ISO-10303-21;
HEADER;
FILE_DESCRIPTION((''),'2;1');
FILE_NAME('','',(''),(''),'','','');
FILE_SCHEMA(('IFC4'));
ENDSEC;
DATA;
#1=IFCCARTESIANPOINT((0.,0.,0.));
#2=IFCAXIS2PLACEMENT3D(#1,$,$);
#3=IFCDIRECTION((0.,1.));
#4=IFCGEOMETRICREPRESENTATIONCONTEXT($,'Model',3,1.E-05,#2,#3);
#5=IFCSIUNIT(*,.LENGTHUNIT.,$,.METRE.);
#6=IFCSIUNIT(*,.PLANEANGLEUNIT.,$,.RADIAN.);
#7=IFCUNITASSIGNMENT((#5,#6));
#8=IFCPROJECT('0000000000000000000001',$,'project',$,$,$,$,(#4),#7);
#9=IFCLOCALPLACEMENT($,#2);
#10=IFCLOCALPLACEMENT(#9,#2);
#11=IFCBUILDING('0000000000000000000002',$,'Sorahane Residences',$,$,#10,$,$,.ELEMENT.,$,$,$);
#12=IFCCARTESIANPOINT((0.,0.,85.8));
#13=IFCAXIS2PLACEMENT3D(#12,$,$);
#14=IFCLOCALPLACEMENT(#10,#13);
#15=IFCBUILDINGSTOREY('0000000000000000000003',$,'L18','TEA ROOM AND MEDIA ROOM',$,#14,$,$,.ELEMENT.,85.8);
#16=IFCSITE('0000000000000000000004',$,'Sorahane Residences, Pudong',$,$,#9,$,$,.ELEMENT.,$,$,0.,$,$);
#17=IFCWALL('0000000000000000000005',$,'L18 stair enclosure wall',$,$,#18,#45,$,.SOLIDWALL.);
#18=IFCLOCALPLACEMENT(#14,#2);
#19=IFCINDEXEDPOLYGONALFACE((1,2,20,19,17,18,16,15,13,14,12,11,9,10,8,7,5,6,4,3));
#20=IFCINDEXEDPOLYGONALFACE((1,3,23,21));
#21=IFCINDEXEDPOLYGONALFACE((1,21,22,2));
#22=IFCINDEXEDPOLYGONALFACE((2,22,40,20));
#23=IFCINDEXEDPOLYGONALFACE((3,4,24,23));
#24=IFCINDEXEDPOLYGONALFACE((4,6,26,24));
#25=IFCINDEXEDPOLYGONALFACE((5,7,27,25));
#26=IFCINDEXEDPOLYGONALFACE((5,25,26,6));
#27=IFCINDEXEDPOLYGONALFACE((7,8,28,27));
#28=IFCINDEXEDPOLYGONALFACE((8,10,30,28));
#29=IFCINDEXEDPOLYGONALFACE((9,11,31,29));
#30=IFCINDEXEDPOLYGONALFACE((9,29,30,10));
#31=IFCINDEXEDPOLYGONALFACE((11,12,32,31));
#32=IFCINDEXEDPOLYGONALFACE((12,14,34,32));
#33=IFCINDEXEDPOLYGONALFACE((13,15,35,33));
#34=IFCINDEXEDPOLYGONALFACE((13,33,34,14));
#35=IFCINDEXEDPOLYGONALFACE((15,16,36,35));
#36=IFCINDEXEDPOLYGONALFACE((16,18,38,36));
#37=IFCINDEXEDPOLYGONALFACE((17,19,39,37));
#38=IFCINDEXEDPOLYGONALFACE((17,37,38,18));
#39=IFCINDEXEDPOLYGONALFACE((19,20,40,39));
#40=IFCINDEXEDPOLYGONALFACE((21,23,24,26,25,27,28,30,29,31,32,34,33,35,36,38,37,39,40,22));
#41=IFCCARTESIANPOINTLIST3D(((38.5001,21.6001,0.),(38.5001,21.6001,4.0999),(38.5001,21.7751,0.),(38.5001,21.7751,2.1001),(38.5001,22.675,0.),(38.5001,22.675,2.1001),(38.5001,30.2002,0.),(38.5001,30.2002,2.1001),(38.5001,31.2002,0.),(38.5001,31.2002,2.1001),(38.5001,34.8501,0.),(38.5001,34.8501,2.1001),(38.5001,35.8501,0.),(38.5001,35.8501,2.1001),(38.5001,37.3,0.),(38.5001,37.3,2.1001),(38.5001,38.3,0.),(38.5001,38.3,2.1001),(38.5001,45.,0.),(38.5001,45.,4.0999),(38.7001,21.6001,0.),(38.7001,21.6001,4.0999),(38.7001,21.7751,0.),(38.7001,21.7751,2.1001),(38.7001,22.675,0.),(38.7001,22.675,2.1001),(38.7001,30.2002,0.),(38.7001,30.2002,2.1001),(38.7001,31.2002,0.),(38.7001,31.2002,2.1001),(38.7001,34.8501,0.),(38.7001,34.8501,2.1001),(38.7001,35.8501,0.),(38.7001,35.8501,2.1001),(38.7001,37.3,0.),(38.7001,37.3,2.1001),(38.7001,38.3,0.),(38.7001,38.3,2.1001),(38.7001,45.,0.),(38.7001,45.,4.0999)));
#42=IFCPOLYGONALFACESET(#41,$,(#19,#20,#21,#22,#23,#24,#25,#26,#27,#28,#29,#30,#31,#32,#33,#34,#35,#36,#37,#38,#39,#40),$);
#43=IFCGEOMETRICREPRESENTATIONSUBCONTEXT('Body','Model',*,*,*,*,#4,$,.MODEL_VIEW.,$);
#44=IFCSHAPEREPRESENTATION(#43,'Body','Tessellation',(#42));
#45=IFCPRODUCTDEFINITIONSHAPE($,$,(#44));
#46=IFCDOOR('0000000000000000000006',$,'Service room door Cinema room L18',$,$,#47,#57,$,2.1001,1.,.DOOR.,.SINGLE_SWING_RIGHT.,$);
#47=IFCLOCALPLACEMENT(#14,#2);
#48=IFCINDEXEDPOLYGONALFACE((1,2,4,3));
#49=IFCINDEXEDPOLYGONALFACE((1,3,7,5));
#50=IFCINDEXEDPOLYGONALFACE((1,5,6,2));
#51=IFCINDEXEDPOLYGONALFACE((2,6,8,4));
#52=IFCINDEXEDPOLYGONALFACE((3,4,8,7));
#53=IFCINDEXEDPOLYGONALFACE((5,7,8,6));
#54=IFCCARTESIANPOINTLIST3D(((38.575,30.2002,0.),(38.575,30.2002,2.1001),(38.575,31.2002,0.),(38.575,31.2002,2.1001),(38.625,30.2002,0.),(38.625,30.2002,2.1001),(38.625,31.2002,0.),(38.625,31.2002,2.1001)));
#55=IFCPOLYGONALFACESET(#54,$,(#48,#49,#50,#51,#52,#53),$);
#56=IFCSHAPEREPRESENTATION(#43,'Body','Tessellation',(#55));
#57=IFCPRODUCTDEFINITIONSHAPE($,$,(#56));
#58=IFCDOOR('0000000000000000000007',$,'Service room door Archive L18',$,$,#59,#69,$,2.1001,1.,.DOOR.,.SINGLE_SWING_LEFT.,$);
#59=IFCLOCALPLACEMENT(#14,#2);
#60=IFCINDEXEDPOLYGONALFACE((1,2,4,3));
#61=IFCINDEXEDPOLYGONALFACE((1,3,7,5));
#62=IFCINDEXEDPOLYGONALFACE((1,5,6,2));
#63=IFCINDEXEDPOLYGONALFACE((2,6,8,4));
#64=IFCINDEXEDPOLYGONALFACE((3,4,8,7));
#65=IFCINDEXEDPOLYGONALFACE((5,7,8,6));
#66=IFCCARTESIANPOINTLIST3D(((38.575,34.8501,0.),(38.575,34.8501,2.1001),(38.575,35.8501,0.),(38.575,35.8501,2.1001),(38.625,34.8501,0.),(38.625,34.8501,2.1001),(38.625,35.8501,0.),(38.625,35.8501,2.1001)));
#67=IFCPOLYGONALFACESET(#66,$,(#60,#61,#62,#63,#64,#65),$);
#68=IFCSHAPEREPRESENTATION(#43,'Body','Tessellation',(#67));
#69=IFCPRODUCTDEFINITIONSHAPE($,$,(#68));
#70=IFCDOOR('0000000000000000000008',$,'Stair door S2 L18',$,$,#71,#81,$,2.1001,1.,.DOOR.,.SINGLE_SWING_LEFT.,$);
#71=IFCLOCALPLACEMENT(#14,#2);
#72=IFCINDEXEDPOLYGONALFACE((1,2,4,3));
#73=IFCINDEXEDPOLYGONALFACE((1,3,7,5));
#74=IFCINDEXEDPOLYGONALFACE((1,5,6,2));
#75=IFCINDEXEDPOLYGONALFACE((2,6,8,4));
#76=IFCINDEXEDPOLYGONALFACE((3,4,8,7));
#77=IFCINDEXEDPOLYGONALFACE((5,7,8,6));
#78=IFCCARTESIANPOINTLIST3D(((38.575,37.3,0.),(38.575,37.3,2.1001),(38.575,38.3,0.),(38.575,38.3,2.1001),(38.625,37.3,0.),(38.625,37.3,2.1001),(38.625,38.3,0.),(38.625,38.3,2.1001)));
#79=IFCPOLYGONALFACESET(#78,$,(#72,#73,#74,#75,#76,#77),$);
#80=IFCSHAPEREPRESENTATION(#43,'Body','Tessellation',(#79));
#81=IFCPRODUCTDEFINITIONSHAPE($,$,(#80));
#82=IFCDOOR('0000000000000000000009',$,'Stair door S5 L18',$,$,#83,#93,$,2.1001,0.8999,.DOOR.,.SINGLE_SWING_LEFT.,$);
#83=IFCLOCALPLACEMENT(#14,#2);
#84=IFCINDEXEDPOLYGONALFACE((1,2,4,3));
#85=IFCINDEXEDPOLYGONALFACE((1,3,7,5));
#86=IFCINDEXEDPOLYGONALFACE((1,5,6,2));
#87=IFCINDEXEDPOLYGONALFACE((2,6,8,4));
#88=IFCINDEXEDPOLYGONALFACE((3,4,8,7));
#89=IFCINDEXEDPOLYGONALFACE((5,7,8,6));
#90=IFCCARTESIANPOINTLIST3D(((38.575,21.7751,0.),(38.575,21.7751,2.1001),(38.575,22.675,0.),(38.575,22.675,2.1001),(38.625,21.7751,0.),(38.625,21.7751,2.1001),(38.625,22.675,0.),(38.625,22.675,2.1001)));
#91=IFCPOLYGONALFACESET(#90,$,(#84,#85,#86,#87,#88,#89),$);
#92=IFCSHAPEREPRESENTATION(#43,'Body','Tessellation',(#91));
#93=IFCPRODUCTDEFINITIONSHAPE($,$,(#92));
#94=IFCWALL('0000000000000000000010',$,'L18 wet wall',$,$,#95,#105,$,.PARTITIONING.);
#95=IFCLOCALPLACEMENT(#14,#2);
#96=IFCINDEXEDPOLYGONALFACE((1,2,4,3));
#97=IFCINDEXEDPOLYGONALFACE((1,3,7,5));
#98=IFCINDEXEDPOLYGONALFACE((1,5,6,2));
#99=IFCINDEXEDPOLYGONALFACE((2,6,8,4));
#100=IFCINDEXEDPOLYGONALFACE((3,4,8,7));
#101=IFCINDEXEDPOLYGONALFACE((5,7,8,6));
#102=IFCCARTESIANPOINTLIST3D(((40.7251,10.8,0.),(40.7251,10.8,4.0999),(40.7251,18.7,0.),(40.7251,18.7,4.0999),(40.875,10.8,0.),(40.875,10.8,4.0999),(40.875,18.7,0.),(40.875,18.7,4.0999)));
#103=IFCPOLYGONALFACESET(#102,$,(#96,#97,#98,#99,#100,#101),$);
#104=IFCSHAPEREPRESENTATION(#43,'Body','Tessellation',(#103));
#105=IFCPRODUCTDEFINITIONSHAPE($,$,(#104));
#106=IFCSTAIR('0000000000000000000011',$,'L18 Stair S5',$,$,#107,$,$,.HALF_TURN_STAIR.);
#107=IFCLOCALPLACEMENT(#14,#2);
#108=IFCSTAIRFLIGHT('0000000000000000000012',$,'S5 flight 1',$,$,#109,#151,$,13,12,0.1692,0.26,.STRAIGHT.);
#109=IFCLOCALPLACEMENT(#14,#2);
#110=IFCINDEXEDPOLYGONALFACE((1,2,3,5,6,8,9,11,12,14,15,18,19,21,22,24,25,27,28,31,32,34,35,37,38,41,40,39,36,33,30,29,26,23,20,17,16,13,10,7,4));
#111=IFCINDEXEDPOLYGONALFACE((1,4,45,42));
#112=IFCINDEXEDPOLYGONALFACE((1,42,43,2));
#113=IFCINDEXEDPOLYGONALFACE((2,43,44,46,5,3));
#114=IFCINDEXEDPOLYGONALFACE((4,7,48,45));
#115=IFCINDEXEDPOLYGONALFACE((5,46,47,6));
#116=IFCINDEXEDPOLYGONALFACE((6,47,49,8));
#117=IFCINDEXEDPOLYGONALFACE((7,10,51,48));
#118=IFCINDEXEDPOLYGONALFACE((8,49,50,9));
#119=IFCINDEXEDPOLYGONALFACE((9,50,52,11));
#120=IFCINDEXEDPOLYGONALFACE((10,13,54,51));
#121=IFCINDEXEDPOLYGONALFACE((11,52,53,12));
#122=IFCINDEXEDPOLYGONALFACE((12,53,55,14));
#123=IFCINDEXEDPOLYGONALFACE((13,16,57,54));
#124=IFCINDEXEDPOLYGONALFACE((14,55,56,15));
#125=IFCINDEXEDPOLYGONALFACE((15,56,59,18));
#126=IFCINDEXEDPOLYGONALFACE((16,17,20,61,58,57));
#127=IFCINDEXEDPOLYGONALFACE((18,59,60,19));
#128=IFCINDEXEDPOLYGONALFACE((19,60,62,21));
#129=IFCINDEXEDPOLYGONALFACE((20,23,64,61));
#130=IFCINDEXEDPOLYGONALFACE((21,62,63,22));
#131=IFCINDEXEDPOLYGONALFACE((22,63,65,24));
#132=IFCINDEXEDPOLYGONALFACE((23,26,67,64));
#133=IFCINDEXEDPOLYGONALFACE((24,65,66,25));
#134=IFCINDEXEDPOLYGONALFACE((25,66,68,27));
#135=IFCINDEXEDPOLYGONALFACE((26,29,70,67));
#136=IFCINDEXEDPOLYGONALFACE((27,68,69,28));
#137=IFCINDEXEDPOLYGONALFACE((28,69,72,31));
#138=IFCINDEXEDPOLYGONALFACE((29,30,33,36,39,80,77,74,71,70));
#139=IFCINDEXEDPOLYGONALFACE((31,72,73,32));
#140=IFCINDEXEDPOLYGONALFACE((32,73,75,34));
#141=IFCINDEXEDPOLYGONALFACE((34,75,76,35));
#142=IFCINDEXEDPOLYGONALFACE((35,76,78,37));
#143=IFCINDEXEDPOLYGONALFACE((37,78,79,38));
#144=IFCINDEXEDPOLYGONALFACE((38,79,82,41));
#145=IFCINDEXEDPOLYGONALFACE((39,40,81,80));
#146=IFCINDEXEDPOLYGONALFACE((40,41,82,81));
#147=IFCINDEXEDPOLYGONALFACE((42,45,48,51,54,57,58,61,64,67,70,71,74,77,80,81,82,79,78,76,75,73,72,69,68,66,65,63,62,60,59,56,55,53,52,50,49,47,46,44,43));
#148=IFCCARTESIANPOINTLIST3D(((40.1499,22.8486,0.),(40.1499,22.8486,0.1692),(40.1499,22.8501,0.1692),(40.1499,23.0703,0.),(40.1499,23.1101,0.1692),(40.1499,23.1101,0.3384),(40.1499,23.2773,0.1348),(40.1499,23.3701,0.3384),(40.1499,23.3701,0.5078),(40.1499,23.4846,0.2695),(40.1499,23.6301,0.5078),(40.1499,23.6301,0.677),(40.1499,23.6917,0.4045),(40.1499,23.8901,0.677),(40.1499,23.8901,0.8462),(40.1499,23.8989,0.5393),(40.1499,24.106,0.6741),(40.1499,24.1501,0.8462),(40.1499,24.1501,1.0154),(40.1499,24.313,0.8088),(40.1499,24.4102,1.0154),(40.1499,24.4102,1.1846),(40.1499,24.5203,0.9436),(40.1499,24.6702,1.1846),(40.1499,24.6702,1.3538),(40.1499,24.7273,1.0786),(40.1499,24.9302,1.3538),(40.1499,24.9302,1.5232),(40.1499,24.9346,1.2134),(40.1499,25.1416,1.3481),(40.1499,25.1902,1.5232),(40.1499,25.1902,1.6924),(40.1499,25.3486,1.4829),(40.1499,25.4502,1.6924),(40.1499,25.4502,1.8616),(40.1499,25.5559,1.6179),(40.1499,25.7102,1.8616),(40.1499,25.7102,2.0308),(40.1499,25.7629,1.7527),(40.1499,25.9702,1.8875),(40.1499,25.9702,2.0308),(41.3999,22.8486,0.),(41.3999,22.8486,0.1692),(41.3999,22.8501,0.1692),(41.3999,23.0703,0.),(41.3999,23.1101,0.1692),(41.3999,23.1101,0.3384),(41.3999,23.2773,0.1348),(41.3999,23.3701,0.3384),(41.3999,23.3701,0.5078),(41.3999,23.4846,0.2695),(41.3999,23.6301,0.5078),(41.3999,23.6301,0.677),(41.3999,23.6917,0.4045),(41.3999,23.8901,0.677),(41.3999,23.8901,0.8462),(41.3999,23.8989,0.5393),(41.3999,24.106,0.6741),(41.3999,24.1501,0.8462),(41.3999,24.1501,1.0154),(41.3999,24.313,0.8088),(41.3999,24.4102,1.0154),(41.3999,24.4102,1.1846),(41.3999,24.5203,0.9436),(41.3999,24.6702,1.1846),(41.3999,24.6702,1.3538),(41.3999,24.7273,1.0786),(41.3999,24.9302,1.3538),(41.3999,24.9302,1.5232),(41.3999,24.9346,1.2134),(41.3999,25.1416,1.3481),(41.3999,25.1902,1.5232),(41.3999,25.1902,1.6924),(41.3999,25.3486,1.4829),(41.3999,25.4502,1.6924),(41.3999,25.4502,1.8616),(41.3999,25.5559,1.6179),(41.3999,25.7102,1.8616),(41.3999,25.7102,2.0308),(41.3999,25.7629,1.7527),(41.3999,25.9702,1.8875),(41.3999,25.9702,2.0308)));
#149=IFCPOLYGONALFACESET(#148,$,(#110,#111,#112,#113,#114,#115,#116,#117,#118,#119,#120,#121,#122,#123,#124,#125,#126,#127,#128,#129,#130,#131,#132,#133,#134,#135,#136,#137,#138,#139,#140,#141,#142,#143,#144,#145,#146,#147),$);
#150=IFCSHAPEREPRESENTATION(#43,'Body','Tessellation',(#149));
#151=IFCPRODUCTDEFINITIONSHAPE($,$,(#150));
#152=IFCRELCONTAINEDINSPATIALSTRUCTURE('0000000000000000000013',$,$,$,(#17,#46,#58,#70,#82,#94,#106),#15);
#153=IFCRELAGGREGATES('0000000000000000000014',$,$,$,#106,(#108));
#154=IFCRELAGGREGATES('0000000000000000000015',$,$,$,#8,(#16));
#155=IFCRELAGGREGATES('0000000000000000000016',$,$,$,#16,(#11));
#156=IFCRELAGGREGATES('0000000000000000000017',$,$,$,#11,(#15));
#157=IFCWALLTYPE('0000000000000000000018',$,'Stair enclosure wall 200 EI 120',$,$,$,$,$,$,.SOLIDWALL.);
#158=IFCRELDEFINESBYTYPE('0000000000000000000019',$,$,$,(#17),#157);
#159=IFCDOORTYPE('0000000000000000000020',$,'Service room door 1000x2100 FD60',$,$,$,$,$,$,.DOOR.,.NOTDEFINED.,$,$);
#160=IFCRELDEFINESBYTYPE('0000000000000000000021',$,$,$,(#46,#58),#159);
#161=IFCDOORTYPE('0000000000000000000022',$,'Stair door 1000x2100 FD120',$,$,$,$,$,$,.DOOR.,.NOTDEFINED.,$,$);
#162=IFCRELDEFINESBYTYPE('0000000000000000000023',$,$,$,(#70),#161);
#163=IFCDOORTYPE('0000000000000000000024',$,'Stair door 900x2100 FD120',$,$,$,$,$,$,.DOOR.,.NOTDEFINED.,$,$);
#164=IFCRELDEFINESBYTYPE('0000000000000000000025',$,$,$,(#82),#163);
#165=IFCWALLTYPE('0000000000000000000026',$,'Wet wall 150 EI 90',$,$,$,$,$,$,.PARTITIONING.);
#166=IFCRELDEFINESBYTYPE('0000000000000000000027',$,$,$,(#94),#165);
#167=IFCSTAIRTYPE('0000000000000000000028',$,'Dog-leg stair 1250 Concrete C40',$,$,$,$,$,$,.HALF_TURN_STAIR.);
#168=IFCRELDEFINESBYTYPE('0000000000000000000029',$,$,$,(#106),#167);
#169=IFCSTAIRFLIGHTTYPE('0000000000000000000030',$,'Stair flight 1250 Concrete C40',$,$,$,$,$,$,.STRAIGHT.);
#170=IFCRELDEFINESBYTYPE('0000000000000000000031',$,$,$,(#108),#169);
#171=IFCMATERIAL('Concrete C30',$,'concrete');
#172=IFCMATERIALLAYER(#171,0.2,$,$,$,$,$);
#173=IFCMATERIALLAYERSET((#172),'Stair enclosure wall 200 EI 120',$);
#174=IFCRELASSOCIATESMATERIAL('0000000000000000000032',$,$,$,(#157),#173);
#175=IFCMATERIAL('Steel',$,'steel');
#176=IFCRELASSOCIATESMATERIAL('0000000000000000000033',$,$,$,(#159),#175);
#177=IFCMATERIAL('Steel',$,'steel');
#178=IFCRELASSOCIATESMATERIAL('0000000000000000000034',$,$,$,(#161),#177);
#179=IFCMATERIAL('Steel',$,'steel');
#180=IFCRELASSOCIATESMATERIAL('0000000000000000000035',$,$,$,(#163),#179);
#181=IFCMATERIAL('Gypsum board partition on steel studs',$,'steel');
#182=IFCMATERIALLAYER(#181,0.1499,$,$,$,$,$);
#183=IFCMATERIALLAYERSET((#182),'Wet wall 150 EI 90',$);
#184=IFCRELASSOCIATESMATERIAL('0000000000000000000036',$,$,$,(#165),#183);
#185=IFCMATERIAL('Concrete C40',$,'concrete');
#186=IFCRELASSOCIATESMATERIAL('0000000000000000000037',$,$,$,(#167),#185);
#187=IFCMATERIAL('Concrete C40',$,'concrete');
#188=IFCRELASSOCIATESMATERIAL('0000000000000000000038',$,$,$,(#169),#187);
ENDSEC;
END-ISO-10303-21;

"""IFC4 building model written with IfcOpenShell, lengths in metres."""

from ifc_helpers import new_model, si_unit, direction, frame, frame_2d, origin, place, context, subcontext, project, spatial, polyline, rectangle, outline, extrude, material, layer, layer_set, type_object, element, fill, aggregate, save


model = new_model("IFC4")

# Units and contexts
model_context = context("Model", 3, precision=1e-05, world=origin(), true_north=direction((0.0, 1.0)))
body_context = subcontext(model_context, "Body", "Model", "MODEL_VIEW")
ifc_project = project(units=[si_unit("LENGTHUNIT", "METRE"), si_unit("PLANEANGLEUNIT", "RADIAN")], contexts=[model_context])

# Site, building, storey
site_placement = place(None, origin())
site = spatial("IfcSite", under=ifc_project, at=site_placement, Name="Sorahane Residences, Pudong", CompositionType="ELEMENT", RefElevation=0.0)
building_placement = place(site_placement, origin())
building = spatial("IfcBuilding", under=site, at=building_placement, Name="Sorahane Residences", CompositionType="ELEMENT")
storey_placement = place(building_placement, frame((0.0, 0.0, 85.8)))
storey = spatial("IfcBuildingStorey", under=building, at=storey_placement, Name="L18", Description="TEA ROOM AND MEDIA ROOM", CompositionType="ELEMENT", Elevation=85.8)

# Wall, openings, doors
ifc_material_1 = material(Name="Concrete C30", Category="concrete")
ifc_layer_1 = layer(ifc_material_1, 0.2)
ifc_layer_set_1 = layer_set([ifc_layer_1], Name="Stair enclosure wall 200 EI 120")
wall_type_1 = type_object("IfcWallType", Name="Stair enclosure wall 200 EI 120", PredefinedType="SOLIDWALL", material=ifc_layer_set_1)
wall_1_placement = place(storey_placement, frame((38.6001, 21.6001, 0.0), z_axis=(0.0, 0.0, 1.0), x_axis=(0.0, 1.0, 0.0)))
wall_1 = element("IfcWall", 1, at=wall_1_placement, inside=storey, type_object=wall_type_1, Name="L18 stair enclosure wall", PredefinedType="SOLIDWALL", context=body_context, shape_type="SweptSolid", body=[
    extrude(rectangle(XDim=23.3999, YDim=0.2, at=frame_2d((11.7, 0.0))), origin(), (0.0, 0.0, 1.0), 4.0999),
])
opening_1_placement = place(wall_1_placement, frame((8.6001, 0.0, 0.0)))
opening_1 = element("IfcOpeningElement", 2, at=opening_1_placement, cuts=wall_1, PredefinedType="OPENING", context=body_context, shape_type="SweptSolid", body=[
    extrude(rectangle(XDim=1.0, YDim=2.1001, at=frame_2d((0.5, 1.05))), frame((0.0, 0.1099, 0.0), z_axis=(0.0, -1.0, 0.0), x_axis=(1.0, 0.0, 0.0)), (0.0, 0.0, 1.0), 0.22),
])
opening_2_placement = place(wall_1_placement, frame((13.25, 0.0, 0.0)))
opening_2 = element("IfcOpeningElement", 3, at=opening_2_placement, cuts=wall_1, PredefinedType="OPENING", context=body_context, shape_type="SweptSolid", body=[
    extrude(rectangle(XDim=1.0, YDim=2.1001, at=frame_2d((0.5, 1.05))), frame((0.0, 0.1099, 0.0), z_axis=(0.0, -1.0, 0.0), x_axis=(1.0, 0.0, 0.0)), (0.0, 0.0, 1.0), 0.22),
])
opening_3_placement = place(wall_1_placement, frame((15.7, 0.0, 0.0)))
opening_3 = element("IfcOpeningElement", 4, at=opening_3_placement, cuts=wall_1, PredefinedType="OPENING", context=body_context, shape_type="SweptSolid", body=[
    extrude(rectangle(XDim=1.0, YDim=2.1001, at=frame_2d((0.5, 1.05))), frame((0.0, 0.1099, 0.0), z_axis=(0.0, -1.0, 0.0), x_axis=(1.0, 0.0, 0.0)), (0.0, 0.0, 1.0), 0.22),
])
opening_4_placement = place(wall_1_placement, frame((0.175, 0.0, 0.0)))
opening_4 = element("IfcOpeningElement", 5, at=opening_4_placement, cuts=wall_1, PredefinedType="OPENING", context=body_context, shape_type="SweptSolid", body=[
    extrude(rectangle(XDim=0.8999, YDim=2.1001, at=frame_2d((0.45, 1.05))), frame((0.0, 0.1099, 0.0), z_axis=(0.0, -1.0, 0.0), x_axis=(1.0, 0.0, 0.0)), (0.0, 0.0, 1.0), 0.22),
])
ifc_material_2 = material(Name="Steel", Category="steel")
door_type_1 = type_object("IfcDoorType", Name="Service room door 1000x2100 FD60", OperationType="NOTDEFINED", PredefinedType="DOOR", material=ifc_material_2)
door_1_placement = place(opening_1_placement, frame((1.0, 0.0, 0.0), z_axis=(0.0, 0.0, 1.0), x_axis=(-1.0, 0.0, 0.0)))
door_1 = element("IfcDoor", 6, at=door_1_placement, inside=storey, type_object=door_type_1, Name="Service room door Cinema room L18", OperationType="SINGLE_SWING_RIGHT", OverallHeight=2.1001, OverallWidth=1.0, PredefinedType="DOOR", context=body_context, shape_type="SweptSolid", body=[
    extrude(rectangle(XDim=1.0, YDim=2.1001, at=frame_2d((0.5, 1.05))), frame((0.0, 0.0249, 0.0), z_axis=(0.0, -1.0, 0.0), x_axis=(1.0, 0.0, 0.0)), (0.0, 0.0, 1.0), 0.05),
])
fill(opening_1, door_1)
door_2_placement = place(opening_2_placement, frame((1.0, 0.0, 0.0), z_axis=(0.0, 0.0, 1.0), x_axis=(-1.0, 0.0, 0.0)))
door_2 = element("IfcDoor", 7, at=door_2_placement, inside=storey, type_object=door_type_1, Name="Service room door Archive L18", OperationType="SINGLE_SWING_LEFT", OverallHeight=2.1001, OverallWidth=1.0, PredefinedType="DOOR", context=body_context, shape_type="SweptSolid", body=[
    extrude(rectangle(XDim=1.0, YDim=2.1001, at=frame_2d((0.5, 1.05))), frame((0.0, 0.0249, 0.0), z_axis=(0.0, -1.0, 0.0), x_axis=(1.0, 0.0, 0.0)), (0.0, 0.0, 1.0), 0.05),
])
fill(opening_2, door_2)
ifc_material_3 = material(Name="Steel", Category="steel")
door_type_2 = type_object("IfcDoorType", Name="Stair door 1000x2100 FD120", OperationType="NOTDEFINED", PredefinedType="DOOR", material=ifc_material_3)
door_3_placement = place(opening_3_placement, frame((1.0, 0.0, 0.0), z_axis=(0.0, 0.0, 1.0), x_axis=(-1.0, 0.0, 0.0)))
door_3 = element("IfcDoor", 8, at=door_3_placement, inside=storey, type_object=door_type_2, Name="Stair door S2 L18", OperationType="SINGLE_SWING_LEFT", OverallHeight=2.1001, OverallWidth=1.0, PredefinedType="DOOR", context=body_context, shape_type="SweptSolid", body=[
    extrude(rectangle(XDim=1.0, YDim=2.1001, at=frame_2d((0.5, 1.05))), frame((0.0, 0.0249, 0.0), z_axis=(0.0, -1.0, 0.0), x_axis=(1.0, 0.0, 0.0)), (0.0, 0.0, 1.0), 0.05),
])
fill(opening_3, door_3)
ifc_material_4 = material(Name="Steel", Category="steel")
door_type_3 = type_object("IfcDoorType", Name="Stair door 900x2100 FD120", OperationType="NOTDEFINED", PredefinedType="DOOR", material=ifc_material_4)
door_4_placement = place(opening_4_placement, frame((0.8999, 0.0, 0.0), z_axis=(0.0, 0.0, 1.0), x_axis=(-1.0, 0.0, 0.0)))
door_4 = element("IfcDoor", 9, at=door_4_placement, inside=storey, type_object=door_type_3, Name="Stair door S5 L18", OperationType="SINGLE_SWING_LEFT", OverallHeight=2.1001, OverallWidth=0.8999, PredefinedType="DOOR", context=body_context, shape_type="SweptSolid", body=[
    extrude(rectangle(XDim=0.8999, YDim=2.1001, at=frame_2d((0.45, 1.05))), frame((0.0, 0.0249, 0.0), z_axis=(0.0, -1.0, 0.0), x_axis=(1.0, 0.0, 0.0)), (0.0, 0.0, 1.0), 0.05),
])
fill(opening_4, door_4)

# Wall
ifc_material_5 = material(Name="Gypsum board partition on steel studs", Category="steel")
ifc_layer_2 = layer(ifc_material_5, 0.1499)
ifc_layer_set_2 = layer_set([ifc_layer_2], Name="Wet wall 150 EI 90")
wall_type_2 = type_object("IfcWallType", Name="Wet wall 150 EI 90", PredefinedType="PARTITIONING", material=ifc_layer_set_2)
wall_2_placement = place(storey_placement, frame((40.8, 10.8, 0.0), z_axis=(0.0, 0.0, 1.0), x_axis=(0.0, 1.0, 0.0)))
element("IfcWall", 10, at=wall_2_placement, inside=storey, type_object=wall_type_2, Name="L18 wet wall", PredefinedType="PARTITIONING", context=body_context, shape_type="SweptSolid", body=[
    extrude(rectangle(XDim=7.8999, YDim=0.1499, at=frame_2d((3.95, 0.0))), origin(), (0.0, 0.0, 1.0), 4.0999),
])

# Stair, stair flight
ifc_material_6 = material(Name="Concrete C40", Category="concrete")
stair_type = type_object("IfcStairType", Name="Dog-leg stair 1250 Concrete C40", PredefinedType="HALF_TURN_STAIR", material=ifc_material_6)
stair_placement = place(storey_placement, origin())
stair = element("IfcStair", 11, at=stair_placement, inside=storey, type_object=stair_type, Name="L18 Stair S5", PredefinedType="HALF_TURN_STAIR")
ifc_material_7 = material(Name="Concrete C40", Category="concrete")
stair_flight_type = type_object("IfcStairFlightType", Name="Stair flight 1250 Concrete C40", PredefinedType="STRAIGHT", material=ifc_material_7)
stair_flight_placement = place(storey_placement, frame((40.7749, 22.8501, 0.0), z_axis=(0.0, 0.0, 1.0), x_axis=(0.0, 1.0, 0.0)))
stair_flight = element("IfcStairFlight", 12, at=stair_flight_placement, type_object=stair_flight_type, Name="S5 flight 1", NumberOfRisers=13, NumberOfTreads=12, PredefinedType="STRAIGHT", RiserHeight=0.1692, TreadLength=0.26, context=body_context, shape_type="SweptSolid", body=[
    extrude(outline(polyline([(-0.0015, 0.0), (-0.0015, 0.1692), (0.0, 0.1692), (0.26, 0.1692), (0.26, 0.3384), (0.52, 0.3384), (0.52, 0.5078), (0.78, 0.5078), (0.78, 0.677), (1.04, 0.677), (1.04, 0.8462), (1.3, 0.8462), (1.3, 1.0154), (1.5601, 1.0154), (1.5601, 1.1846), (1.8201, 1.1846), (1.8201, 1.3538), (2.0801, 1.3538), (2.0801, 1.5232), (2.3401, 1.5232), (2.3401, 1.6924), (2.6001, 1.6924), (2.6001, 1.8616), (2.8601, 1.8616), (2.8601, 2.0308), (3.1201, 2.0308), (3.1201, 2.2), (3.1201, 1.8875), (2.9128, 1.7527), (2.7058, 1.6179), (2.4985, 1.4829), (2.2915, 1.3481), (2.0845, 1.2134), (1.8772, 1.0786), (1.6702, 0.9436), (1.4629, 0.8088), (1.2559, 0.6741), (1.0488, 0.5393), (0.8416, 0.4045), (0.6345, 0.2695), (0.4272, 0.1348), (0.2202, 0.0), (-0.0015, 0.0)])), frame((0.0, 0.625, 0.0), z_axis=(0.0, -1.0, 0.0), x_axis=(1.0, 0.0, 0.0)), (0.0, 0.0, 1.0), 1.25),
])
aggregate(stair, [stair_flight])

save(model, "model.ifc")
